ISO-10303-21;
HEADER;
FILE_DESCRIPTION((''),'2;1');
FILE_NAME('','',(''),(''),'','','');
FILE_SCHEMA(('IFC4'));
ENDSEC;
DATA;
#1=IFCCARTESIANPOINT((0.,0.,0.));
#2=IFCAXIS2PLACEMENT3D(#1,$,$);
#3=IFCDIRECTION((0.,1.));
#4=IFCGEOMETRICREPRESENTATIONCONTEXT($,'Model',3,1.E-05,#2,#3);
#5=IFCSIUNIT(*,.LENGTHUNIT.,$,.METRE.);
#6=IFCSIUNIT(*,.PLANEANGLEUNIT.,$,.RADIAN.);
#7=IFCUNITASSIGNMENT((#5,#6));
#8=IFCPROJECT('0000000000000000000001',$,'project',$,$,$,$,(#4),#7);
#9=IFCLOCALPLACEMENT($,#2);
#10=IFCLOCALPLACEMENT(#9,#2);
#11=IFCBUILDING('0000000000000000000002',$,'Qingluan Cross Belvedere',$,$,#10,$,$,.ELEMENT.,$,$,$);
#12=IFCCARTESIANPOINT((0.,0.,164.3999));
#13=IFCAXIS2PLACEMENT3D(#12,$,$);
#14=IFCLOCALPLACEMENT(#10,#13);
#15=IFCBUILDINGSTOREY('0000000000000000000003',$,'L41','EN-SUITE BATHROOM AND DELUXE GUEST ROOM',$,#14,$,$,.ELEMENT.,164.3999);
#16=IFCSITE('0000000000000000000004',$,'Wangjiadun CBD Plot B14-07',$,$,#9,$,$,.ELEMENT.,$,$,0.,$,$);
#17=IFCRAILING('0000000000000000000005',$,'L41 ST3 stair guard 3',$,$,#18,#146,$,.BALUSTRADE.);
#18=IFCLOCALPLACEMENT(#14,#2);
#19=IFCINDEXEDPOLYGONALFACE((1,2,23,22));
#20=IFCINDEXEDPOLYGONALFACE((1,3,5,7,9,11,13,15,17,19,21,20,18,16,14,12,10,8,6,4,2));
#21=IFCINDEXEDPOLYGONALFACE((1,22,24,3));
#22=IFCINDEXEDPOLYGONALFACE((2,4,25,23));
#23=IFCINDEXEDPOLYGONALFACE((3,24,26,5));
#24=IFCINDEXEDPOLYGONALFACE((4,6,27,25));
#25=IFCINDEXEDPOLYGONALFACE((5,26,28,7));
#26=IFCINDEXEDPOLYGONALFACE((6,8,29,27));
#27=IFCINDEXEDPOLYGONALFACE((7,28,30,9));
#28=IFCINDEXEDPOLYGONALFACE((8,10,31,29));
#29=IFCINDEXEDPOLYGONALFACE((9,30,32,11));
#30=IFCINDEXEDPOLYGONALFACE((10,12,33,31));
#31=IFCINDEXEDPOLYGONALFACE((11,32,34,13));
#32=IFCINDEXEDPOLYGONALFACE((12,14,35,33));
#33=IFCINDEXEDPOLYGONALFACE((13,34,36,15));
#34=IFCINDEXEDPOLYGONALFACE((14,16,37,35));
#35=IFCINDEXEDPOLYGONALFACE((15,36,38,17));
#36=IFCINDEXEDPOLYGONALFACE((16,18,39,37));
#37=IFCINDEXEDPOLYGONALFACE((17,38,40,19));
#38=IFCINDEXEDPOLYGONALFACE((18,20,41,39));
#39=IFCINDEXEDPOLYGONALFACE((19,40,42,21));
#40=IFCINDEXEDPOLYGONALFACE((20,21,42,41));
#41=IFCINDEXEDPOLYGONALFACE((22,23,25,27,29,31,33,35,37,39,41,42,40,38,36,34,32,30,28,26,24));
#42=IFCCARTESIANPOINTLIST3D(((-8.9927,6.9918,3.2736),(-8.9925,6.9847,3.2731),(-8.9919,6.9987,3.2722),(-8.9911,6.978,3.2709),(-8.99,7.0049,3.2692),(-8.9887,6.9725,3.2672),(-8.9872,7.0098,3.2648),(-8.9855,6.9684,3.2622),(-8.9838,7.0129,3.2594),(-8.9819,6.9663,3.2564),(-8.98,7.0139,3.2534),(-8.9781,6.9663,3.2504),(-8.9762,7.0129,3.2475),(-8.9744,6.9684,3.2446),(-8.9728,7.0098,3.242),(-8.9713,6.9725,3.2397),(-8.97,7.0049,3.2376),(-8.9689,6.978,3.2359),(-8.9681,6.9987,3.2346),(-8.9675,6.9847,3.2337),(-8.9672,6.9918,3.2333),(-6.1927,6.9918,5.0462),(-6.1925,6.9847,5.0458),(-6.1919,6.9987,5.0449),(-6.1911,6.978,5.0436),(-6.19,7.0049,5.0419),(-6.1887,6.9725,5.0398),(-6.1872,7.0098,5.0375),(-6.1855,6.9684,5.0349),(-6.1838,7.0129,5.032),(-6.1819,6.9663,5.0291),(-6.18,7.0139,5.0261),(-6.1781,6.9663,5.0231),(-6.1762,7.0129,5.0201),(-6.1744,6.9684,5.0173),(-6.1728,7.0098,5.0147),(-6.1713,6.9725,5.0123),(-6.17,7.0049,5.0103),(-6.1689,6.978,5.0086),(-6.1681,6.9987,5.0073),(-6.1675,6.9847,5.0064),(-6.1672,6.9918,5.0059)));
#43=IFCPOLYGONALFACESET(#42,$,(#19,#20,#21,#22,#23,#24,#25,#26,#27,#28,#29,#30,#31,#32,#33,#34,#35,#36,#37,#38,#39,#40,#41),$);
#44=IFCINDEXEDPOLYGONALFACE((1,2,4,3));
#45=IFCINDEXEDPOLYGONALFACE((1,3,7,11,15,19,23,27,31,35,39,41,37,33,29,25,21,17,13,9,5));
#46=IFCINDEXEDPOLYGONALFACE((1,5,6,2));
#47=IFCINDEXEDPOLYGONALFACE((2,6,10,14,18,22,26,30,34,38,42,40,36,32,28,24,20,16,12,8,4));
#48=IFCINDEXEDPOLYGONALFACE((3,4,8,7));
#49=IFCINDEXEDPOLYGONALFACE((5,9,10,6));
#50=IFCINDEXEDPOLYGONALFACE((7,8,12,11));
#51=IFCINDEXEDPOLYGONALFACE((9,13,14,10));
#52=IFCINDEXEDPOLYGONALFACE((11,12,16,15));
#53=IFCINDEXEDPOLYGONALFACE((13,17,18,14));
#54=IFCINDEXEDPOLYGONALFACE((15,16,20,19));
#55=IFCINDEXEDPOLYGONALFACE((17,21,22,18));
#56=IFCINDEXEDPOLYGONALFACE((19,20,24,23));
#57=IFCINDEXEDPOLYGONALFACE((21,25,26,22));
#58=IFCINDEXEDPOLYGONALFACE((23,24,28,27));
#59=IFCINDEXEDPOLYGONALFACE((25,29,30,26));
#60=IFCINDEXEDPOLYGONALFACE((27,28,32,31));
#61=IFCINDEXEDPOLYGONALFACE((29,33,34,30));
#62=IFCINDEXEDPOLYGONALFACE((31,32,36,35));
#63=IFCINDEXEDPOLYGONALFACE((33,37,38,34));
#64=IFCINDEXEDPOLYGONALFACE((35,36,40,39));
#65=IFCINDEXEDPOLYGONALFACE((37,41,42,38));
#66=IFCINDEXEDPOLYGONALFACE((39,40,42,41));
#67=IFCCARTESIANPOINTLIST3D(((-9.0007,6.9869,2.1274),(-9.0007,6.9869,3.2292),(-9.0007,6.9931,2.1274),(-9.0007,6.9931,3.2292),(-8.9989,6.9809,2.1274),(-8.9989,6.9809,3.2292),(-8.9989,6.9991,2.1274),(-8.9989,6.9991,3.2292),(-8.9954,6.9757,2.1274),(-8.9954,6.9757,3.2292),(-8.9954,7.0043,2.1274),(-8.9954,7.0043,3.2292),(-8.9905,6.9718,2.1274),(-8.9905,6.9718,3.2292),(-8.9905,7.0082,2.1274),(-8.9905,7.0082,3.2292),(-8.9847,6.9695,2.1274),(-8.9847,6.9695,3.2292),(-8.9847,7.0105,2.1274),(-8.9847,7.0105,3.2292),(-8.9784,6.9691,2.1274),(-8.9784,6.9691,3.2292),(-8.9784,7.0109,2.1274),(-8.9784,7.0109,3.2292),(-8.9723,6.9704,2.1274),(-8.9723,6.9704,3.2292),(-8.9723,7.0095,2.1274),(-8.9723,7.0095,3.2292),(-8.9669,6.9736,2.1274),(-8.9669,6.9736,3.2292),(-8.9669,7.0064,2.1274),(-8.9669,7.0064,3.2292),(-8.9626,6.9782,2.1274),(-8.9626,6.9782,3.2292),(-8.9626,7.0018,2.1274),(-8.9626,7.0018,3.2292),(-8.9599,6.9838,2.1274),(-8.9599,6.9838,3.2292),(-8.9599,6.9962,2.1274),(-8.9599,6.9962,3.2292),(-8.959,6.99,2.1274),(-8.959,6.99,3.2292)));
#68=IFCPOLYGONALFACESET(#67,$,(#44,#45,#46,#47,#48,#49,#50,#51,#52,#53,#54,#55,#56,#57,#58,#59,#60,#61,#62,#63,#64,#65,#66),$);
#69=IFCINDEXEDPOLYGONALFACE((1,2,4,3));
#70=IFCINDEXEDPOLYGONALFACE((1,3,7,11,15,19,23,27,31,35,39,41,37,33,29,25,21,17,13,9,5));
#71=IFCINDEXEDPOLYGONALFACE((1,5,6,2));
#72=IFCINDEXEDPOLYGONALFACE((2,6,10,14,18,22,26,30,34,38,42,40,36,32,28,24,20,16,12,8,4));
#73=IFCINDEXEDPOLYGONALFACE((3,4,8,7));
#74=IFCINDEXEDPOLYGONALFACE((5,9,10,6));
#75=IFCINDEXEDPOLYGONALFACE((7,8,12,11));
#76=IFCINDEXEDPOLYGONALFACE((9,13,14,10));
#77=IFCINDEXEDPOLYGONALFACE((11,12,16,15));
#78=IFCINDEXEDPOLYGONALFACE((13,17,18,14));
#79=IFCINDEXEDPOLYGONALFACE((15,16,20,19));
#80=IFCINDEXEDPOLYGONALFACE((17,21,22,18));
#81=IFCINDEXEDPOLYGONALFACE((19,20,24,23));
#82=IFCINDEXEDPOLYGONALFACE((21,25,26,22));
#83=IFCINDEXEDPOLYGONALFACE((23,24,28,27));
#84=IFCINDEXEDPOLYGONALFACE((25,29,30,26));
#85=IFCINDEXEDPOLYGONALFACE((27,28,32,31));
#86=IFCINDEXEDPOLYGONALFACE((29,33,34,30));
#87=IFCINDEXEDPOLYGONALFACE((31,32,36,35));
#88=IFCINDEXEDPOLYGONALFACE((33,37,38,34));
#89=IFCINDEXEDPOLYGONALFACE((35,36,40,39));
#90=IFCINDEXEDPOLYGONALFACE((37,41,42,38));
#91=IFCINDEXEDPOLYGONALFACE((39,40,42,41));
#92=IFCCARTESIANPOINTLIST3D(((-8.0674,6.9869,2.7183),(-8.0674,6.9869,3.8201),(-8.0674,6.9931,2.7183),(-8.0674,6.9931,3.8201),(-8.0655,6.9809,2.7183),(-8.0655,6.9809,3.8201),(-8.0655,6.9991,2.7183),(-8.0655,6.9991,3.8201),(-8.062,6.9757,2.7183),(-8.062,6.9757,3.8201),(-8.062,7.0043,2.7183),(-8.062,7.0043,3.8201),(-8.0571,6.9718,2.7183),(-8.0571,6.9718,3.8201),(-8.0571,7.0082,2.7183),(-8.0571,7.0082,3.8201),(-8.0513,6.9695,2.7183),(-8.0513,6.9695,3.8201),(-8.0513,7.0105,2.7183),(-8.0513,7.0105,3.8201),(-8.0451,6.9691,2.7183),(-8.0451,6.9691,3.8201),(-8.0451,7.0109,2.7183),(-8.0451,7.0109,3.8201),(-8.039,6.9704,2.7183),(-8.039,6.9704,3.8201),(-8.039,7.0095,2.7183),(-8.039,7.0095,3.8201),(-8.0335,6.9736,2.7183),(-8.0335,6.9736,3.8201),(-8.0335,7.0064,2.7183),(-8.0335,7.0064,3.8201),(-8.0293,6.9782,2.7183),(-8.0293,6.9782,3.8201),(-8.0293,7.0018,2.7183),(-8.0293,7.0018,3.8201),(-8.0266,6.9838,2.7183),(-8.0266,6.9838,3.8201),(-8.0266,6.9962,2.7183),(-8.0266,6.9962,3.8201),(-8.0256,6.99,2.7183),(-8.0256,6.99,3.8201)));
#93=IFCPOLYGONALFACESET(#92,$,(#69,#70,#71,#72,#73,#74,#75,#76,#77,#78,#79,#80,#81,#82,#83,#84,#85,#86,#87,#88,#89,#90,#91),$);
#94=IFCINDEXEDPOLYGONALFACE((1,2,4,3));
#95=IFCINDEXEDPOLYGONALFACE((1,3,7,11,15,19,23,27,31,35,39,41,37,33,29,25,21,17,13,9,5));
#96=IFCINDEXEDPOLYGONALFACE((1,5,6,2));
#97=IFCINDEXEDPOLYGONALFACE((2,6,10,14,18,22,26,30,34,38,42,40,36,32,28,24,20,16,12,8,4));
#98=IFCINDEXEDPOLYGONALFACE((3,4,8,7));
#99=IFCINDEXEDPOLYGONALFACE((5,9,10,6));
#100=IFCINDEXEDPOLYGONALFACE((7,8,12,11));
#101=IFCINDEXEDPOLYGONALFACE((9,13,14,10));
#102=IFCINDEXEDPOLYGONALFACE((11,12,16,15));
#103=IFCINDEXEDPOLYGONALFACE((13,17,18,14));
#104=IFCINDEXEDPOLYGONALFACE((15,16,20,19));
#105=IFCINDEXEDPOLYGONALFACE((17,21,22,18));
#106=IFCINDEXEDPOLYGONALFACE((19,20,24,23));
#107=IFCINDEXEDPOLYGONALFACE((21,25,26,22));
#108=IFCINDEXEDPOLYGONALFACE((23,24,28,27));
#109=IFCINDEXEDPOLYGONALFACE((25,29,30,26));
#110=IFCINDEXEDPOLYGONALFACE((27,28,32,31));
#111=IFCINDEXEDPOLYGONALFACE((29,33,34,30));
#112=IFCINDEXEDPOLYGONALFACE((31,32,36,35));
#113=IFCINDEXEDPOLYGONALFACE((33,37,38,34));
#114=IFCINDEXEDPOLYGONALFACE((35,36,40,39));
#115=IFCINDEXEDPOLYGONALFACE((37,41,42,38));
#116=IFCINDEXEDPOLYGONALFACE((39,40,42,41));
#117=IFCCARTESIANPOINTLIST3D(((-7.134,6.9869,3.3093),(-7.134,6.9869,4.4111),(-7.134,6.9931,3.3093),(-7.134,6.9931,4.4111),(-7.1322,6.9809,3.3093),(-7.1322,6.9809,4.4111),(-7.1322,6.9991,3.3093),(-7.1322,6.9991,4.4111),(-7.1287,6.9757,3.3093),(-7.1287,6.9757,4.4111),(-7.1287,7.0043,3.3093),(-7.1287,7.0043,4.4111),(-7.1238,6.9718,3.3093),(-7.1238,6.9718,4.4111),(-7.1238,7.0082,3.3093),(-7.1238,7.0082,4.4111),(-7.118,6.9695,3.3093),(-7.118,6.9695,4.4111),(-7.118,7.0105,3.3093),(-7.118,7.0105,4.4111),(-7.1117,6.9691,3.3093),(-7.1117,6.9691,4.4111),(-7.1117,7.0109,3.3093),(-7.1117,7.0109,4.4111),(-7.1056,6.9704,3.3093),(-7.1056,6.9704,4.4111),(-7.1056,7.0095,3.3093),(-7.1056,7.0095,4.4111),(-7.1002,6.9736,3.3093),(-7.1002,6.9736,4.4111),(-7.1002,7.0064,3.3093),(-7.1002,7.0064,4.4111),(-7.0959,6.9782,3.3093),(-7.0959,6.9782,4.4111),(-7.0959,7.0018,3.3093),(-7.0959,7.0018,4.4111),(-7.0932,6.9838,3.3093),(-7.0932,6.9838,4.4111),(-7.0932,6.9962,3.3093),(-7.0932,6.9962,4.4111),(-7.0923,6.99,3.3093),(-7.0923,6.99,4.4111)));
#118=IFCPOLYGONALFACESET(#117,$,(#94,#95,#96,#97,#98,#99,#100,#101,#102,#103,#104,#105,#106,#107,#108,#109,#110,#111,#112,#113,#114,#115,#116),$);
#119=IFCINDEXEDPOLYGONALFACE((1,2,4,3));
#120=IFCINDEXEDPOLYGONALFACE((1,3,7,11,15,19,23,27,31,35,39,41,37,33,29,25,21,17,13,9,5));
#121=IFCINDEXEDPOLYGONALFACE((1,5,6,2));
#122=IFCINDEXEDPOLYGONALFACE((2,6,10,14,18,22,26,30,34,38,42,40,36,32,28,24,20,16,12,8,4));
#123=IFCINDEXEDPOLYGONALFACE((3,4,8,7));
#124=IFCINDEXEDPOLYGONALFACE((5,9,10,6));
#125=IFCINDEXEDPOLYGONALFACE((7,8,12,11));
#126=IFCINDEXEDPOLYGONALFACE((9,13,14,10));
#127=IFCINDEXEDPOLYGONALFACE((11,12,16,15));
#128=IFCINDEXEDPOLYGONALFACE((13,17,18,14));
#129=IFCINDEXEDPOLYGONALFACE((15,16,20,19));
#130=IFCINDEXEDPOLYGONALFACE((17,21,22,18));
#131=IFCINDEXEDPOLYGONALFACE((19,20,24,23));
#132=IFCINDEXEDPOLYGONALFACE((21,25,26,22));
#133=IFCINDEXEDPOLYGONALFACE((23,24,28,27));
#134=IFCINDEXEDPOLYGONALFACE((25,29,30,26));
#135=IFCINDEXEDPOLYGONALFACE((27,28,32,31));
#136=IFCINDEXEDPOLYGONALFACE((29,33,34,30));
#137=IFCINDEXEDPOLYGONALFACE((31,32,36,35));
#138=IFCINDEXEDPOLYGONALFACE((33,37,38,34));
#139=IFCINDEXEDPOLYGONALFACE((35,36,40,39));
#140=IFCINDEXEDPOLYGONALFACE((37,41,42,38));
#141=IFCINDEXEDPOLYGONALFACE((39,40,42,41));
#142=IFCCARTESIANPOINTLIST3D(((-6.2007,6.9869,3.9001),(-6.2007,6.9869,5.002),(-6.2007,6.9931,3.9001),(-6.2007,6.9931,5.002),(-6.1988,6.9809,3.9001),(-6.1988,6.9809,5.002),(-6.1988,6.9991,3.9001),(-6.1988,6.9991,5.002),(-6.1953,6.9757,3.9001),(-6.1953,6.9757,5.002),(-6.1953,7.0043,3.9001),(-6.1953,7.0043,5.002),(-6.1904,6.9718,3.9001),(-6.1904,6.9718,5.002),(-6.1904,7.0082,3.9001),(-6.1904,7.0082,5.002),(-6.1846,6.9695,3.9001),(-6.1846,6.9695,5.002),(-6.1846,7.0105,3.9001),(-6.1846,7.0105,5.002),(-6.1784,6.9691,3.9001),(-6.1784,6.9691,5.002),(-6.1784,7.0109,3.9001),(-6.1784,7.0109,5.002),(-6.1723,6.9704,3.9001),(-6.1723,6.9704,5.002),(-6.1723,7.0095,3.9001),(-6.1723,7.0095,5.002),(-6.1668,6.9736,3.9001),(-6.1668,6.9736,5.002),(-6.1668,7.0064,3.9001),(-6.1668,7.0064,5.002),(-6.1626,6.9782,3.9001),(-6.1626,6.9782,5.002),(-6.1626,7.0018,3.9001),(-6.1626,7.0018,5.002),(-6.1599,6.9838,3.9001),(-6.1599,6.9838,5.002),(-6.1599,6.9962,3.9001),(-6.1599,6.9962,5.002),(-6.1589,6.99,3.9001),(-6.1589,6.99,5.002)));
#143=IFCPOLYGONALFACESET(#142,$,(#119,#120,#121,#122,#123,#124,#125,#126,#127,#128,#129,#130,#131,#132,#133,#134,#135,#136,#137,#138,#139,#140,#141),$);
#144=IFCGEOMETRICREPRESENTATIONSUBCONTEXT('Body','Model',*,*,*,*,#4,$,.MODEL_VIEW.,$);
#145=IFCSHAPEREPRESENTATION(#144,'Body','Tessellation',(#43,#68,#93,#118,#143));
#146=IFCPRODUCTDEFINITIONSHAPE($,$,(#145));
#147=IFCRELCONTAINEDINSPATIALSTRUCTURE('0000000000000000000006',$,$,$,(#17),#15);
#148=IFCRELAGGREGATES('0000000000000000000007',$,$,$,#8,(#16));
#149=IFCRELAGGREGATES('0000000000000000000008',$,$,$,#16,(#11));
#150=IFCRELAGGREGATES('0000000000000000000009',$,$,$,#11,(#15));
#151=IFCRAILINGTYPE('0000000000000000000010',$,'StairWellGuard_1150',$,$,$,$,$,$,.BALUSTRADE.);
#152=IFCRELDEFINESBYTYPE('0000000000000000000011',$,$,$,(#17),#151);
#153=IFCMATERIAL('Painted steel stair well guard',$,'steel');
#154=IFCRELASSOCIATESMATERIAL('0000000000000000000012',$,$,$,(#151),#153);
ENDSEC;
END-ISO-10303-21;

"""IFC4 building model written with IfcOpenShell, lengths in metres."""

from ifc_helpers import new_model, si_unit, direction, frame, origin, origin_2d, place, context, subcontext, project, spatial, circle, extrude, material, type_object, element, save


model = new_model("IFC4")

# Units and contexts
model_context = context("Model", 3, precision=1e-05, world=origin(), true_north=direction((0.0, 1.0)))
body_context = subcontext(model_context, "Body", "Model", "MODEL_VIEW")
ifc_project = project(units=[si_unit("LENGTHUNIT", "METRE"), si_unit("PLANEANGLEUNIT", "RADIAN")], contexts=[model_context])

# Site, building, storey
site_placement = place(None, origin())
site = spatial("IfcSite", under=ifc_project, at=site_placement, Name="Wangjiadun CBD Plot B14-07", CompositionType="ELEMENT", RefElevation=0.0)
building_placement = place(site_placement, origin())
building = spatial("IfcBuilding", under=site, at=building_placement, Name="Qingluan Cross Belvedere", CompositionType="ELEMENT")
storey_placement = place(building_placement, frame((0.0, 0.0, 164.3999)))
storey = spatial("IfcBuildingStorey", under=building, at=storey_placement, Name="L41", Description="EN-SUITE BATHROOM AND DELUXE GUEST ROOM", CompositionType="ELEMENT", Elevation=164.3999)

# Railing
ifc_material_1 = material(Name="Painted steel stair well guard", Category="steel")
railing_type_1 = type_object("IfcRailingType", Name="StairWellGuard_1150", PredefinedType="BALUSTRADE", material=ifc_material_1)
railing_1_placement = place(storey_placement, frame((-8.98, 6.99, 2.1274)))
element("IfcRailing", 1, at=railing_1_placement, inside=storey, type_object=railing_type_1, Name="L41 ST3 stair guard 3", PredefinedType="BALUSTRADE", context=body_context, shape_type="SweptSolid", body=[
    extrude(circle(Radius=0.0239, at=origin_2d()), frame((0.0, 0.0, 1.126), z_axis=(0.844909, 0.0, 0.53491), x_axis=(0.0, 1.0, 0.0)), (0.0, 0.0, 1.0), 3.314),
    extrude(circle(Radius=0.021, at=origin_2d()), origin(), (0.0, 0.0, 1.0), 1.1018),
    extrude(circle(Radius=0.021, at=origin_2d()), frame((0.9333, 0.0, 0.5908)), (0.0, 0.0, 1.0), 1.1018),
    extrude(circle(Radius=0.021, at=origin_2d()), frame((1.8667, 0.0, 1.1819)), (0.0, 0.0, 1.0), 1.1018),
    extrude(circle(Radius=0.021, at=origin_2d()), frame((2.8, 0.0, 1.7727)), (0.0, 0.0, 1.0), 1.1018),
])

save(model, "model.ifc")
